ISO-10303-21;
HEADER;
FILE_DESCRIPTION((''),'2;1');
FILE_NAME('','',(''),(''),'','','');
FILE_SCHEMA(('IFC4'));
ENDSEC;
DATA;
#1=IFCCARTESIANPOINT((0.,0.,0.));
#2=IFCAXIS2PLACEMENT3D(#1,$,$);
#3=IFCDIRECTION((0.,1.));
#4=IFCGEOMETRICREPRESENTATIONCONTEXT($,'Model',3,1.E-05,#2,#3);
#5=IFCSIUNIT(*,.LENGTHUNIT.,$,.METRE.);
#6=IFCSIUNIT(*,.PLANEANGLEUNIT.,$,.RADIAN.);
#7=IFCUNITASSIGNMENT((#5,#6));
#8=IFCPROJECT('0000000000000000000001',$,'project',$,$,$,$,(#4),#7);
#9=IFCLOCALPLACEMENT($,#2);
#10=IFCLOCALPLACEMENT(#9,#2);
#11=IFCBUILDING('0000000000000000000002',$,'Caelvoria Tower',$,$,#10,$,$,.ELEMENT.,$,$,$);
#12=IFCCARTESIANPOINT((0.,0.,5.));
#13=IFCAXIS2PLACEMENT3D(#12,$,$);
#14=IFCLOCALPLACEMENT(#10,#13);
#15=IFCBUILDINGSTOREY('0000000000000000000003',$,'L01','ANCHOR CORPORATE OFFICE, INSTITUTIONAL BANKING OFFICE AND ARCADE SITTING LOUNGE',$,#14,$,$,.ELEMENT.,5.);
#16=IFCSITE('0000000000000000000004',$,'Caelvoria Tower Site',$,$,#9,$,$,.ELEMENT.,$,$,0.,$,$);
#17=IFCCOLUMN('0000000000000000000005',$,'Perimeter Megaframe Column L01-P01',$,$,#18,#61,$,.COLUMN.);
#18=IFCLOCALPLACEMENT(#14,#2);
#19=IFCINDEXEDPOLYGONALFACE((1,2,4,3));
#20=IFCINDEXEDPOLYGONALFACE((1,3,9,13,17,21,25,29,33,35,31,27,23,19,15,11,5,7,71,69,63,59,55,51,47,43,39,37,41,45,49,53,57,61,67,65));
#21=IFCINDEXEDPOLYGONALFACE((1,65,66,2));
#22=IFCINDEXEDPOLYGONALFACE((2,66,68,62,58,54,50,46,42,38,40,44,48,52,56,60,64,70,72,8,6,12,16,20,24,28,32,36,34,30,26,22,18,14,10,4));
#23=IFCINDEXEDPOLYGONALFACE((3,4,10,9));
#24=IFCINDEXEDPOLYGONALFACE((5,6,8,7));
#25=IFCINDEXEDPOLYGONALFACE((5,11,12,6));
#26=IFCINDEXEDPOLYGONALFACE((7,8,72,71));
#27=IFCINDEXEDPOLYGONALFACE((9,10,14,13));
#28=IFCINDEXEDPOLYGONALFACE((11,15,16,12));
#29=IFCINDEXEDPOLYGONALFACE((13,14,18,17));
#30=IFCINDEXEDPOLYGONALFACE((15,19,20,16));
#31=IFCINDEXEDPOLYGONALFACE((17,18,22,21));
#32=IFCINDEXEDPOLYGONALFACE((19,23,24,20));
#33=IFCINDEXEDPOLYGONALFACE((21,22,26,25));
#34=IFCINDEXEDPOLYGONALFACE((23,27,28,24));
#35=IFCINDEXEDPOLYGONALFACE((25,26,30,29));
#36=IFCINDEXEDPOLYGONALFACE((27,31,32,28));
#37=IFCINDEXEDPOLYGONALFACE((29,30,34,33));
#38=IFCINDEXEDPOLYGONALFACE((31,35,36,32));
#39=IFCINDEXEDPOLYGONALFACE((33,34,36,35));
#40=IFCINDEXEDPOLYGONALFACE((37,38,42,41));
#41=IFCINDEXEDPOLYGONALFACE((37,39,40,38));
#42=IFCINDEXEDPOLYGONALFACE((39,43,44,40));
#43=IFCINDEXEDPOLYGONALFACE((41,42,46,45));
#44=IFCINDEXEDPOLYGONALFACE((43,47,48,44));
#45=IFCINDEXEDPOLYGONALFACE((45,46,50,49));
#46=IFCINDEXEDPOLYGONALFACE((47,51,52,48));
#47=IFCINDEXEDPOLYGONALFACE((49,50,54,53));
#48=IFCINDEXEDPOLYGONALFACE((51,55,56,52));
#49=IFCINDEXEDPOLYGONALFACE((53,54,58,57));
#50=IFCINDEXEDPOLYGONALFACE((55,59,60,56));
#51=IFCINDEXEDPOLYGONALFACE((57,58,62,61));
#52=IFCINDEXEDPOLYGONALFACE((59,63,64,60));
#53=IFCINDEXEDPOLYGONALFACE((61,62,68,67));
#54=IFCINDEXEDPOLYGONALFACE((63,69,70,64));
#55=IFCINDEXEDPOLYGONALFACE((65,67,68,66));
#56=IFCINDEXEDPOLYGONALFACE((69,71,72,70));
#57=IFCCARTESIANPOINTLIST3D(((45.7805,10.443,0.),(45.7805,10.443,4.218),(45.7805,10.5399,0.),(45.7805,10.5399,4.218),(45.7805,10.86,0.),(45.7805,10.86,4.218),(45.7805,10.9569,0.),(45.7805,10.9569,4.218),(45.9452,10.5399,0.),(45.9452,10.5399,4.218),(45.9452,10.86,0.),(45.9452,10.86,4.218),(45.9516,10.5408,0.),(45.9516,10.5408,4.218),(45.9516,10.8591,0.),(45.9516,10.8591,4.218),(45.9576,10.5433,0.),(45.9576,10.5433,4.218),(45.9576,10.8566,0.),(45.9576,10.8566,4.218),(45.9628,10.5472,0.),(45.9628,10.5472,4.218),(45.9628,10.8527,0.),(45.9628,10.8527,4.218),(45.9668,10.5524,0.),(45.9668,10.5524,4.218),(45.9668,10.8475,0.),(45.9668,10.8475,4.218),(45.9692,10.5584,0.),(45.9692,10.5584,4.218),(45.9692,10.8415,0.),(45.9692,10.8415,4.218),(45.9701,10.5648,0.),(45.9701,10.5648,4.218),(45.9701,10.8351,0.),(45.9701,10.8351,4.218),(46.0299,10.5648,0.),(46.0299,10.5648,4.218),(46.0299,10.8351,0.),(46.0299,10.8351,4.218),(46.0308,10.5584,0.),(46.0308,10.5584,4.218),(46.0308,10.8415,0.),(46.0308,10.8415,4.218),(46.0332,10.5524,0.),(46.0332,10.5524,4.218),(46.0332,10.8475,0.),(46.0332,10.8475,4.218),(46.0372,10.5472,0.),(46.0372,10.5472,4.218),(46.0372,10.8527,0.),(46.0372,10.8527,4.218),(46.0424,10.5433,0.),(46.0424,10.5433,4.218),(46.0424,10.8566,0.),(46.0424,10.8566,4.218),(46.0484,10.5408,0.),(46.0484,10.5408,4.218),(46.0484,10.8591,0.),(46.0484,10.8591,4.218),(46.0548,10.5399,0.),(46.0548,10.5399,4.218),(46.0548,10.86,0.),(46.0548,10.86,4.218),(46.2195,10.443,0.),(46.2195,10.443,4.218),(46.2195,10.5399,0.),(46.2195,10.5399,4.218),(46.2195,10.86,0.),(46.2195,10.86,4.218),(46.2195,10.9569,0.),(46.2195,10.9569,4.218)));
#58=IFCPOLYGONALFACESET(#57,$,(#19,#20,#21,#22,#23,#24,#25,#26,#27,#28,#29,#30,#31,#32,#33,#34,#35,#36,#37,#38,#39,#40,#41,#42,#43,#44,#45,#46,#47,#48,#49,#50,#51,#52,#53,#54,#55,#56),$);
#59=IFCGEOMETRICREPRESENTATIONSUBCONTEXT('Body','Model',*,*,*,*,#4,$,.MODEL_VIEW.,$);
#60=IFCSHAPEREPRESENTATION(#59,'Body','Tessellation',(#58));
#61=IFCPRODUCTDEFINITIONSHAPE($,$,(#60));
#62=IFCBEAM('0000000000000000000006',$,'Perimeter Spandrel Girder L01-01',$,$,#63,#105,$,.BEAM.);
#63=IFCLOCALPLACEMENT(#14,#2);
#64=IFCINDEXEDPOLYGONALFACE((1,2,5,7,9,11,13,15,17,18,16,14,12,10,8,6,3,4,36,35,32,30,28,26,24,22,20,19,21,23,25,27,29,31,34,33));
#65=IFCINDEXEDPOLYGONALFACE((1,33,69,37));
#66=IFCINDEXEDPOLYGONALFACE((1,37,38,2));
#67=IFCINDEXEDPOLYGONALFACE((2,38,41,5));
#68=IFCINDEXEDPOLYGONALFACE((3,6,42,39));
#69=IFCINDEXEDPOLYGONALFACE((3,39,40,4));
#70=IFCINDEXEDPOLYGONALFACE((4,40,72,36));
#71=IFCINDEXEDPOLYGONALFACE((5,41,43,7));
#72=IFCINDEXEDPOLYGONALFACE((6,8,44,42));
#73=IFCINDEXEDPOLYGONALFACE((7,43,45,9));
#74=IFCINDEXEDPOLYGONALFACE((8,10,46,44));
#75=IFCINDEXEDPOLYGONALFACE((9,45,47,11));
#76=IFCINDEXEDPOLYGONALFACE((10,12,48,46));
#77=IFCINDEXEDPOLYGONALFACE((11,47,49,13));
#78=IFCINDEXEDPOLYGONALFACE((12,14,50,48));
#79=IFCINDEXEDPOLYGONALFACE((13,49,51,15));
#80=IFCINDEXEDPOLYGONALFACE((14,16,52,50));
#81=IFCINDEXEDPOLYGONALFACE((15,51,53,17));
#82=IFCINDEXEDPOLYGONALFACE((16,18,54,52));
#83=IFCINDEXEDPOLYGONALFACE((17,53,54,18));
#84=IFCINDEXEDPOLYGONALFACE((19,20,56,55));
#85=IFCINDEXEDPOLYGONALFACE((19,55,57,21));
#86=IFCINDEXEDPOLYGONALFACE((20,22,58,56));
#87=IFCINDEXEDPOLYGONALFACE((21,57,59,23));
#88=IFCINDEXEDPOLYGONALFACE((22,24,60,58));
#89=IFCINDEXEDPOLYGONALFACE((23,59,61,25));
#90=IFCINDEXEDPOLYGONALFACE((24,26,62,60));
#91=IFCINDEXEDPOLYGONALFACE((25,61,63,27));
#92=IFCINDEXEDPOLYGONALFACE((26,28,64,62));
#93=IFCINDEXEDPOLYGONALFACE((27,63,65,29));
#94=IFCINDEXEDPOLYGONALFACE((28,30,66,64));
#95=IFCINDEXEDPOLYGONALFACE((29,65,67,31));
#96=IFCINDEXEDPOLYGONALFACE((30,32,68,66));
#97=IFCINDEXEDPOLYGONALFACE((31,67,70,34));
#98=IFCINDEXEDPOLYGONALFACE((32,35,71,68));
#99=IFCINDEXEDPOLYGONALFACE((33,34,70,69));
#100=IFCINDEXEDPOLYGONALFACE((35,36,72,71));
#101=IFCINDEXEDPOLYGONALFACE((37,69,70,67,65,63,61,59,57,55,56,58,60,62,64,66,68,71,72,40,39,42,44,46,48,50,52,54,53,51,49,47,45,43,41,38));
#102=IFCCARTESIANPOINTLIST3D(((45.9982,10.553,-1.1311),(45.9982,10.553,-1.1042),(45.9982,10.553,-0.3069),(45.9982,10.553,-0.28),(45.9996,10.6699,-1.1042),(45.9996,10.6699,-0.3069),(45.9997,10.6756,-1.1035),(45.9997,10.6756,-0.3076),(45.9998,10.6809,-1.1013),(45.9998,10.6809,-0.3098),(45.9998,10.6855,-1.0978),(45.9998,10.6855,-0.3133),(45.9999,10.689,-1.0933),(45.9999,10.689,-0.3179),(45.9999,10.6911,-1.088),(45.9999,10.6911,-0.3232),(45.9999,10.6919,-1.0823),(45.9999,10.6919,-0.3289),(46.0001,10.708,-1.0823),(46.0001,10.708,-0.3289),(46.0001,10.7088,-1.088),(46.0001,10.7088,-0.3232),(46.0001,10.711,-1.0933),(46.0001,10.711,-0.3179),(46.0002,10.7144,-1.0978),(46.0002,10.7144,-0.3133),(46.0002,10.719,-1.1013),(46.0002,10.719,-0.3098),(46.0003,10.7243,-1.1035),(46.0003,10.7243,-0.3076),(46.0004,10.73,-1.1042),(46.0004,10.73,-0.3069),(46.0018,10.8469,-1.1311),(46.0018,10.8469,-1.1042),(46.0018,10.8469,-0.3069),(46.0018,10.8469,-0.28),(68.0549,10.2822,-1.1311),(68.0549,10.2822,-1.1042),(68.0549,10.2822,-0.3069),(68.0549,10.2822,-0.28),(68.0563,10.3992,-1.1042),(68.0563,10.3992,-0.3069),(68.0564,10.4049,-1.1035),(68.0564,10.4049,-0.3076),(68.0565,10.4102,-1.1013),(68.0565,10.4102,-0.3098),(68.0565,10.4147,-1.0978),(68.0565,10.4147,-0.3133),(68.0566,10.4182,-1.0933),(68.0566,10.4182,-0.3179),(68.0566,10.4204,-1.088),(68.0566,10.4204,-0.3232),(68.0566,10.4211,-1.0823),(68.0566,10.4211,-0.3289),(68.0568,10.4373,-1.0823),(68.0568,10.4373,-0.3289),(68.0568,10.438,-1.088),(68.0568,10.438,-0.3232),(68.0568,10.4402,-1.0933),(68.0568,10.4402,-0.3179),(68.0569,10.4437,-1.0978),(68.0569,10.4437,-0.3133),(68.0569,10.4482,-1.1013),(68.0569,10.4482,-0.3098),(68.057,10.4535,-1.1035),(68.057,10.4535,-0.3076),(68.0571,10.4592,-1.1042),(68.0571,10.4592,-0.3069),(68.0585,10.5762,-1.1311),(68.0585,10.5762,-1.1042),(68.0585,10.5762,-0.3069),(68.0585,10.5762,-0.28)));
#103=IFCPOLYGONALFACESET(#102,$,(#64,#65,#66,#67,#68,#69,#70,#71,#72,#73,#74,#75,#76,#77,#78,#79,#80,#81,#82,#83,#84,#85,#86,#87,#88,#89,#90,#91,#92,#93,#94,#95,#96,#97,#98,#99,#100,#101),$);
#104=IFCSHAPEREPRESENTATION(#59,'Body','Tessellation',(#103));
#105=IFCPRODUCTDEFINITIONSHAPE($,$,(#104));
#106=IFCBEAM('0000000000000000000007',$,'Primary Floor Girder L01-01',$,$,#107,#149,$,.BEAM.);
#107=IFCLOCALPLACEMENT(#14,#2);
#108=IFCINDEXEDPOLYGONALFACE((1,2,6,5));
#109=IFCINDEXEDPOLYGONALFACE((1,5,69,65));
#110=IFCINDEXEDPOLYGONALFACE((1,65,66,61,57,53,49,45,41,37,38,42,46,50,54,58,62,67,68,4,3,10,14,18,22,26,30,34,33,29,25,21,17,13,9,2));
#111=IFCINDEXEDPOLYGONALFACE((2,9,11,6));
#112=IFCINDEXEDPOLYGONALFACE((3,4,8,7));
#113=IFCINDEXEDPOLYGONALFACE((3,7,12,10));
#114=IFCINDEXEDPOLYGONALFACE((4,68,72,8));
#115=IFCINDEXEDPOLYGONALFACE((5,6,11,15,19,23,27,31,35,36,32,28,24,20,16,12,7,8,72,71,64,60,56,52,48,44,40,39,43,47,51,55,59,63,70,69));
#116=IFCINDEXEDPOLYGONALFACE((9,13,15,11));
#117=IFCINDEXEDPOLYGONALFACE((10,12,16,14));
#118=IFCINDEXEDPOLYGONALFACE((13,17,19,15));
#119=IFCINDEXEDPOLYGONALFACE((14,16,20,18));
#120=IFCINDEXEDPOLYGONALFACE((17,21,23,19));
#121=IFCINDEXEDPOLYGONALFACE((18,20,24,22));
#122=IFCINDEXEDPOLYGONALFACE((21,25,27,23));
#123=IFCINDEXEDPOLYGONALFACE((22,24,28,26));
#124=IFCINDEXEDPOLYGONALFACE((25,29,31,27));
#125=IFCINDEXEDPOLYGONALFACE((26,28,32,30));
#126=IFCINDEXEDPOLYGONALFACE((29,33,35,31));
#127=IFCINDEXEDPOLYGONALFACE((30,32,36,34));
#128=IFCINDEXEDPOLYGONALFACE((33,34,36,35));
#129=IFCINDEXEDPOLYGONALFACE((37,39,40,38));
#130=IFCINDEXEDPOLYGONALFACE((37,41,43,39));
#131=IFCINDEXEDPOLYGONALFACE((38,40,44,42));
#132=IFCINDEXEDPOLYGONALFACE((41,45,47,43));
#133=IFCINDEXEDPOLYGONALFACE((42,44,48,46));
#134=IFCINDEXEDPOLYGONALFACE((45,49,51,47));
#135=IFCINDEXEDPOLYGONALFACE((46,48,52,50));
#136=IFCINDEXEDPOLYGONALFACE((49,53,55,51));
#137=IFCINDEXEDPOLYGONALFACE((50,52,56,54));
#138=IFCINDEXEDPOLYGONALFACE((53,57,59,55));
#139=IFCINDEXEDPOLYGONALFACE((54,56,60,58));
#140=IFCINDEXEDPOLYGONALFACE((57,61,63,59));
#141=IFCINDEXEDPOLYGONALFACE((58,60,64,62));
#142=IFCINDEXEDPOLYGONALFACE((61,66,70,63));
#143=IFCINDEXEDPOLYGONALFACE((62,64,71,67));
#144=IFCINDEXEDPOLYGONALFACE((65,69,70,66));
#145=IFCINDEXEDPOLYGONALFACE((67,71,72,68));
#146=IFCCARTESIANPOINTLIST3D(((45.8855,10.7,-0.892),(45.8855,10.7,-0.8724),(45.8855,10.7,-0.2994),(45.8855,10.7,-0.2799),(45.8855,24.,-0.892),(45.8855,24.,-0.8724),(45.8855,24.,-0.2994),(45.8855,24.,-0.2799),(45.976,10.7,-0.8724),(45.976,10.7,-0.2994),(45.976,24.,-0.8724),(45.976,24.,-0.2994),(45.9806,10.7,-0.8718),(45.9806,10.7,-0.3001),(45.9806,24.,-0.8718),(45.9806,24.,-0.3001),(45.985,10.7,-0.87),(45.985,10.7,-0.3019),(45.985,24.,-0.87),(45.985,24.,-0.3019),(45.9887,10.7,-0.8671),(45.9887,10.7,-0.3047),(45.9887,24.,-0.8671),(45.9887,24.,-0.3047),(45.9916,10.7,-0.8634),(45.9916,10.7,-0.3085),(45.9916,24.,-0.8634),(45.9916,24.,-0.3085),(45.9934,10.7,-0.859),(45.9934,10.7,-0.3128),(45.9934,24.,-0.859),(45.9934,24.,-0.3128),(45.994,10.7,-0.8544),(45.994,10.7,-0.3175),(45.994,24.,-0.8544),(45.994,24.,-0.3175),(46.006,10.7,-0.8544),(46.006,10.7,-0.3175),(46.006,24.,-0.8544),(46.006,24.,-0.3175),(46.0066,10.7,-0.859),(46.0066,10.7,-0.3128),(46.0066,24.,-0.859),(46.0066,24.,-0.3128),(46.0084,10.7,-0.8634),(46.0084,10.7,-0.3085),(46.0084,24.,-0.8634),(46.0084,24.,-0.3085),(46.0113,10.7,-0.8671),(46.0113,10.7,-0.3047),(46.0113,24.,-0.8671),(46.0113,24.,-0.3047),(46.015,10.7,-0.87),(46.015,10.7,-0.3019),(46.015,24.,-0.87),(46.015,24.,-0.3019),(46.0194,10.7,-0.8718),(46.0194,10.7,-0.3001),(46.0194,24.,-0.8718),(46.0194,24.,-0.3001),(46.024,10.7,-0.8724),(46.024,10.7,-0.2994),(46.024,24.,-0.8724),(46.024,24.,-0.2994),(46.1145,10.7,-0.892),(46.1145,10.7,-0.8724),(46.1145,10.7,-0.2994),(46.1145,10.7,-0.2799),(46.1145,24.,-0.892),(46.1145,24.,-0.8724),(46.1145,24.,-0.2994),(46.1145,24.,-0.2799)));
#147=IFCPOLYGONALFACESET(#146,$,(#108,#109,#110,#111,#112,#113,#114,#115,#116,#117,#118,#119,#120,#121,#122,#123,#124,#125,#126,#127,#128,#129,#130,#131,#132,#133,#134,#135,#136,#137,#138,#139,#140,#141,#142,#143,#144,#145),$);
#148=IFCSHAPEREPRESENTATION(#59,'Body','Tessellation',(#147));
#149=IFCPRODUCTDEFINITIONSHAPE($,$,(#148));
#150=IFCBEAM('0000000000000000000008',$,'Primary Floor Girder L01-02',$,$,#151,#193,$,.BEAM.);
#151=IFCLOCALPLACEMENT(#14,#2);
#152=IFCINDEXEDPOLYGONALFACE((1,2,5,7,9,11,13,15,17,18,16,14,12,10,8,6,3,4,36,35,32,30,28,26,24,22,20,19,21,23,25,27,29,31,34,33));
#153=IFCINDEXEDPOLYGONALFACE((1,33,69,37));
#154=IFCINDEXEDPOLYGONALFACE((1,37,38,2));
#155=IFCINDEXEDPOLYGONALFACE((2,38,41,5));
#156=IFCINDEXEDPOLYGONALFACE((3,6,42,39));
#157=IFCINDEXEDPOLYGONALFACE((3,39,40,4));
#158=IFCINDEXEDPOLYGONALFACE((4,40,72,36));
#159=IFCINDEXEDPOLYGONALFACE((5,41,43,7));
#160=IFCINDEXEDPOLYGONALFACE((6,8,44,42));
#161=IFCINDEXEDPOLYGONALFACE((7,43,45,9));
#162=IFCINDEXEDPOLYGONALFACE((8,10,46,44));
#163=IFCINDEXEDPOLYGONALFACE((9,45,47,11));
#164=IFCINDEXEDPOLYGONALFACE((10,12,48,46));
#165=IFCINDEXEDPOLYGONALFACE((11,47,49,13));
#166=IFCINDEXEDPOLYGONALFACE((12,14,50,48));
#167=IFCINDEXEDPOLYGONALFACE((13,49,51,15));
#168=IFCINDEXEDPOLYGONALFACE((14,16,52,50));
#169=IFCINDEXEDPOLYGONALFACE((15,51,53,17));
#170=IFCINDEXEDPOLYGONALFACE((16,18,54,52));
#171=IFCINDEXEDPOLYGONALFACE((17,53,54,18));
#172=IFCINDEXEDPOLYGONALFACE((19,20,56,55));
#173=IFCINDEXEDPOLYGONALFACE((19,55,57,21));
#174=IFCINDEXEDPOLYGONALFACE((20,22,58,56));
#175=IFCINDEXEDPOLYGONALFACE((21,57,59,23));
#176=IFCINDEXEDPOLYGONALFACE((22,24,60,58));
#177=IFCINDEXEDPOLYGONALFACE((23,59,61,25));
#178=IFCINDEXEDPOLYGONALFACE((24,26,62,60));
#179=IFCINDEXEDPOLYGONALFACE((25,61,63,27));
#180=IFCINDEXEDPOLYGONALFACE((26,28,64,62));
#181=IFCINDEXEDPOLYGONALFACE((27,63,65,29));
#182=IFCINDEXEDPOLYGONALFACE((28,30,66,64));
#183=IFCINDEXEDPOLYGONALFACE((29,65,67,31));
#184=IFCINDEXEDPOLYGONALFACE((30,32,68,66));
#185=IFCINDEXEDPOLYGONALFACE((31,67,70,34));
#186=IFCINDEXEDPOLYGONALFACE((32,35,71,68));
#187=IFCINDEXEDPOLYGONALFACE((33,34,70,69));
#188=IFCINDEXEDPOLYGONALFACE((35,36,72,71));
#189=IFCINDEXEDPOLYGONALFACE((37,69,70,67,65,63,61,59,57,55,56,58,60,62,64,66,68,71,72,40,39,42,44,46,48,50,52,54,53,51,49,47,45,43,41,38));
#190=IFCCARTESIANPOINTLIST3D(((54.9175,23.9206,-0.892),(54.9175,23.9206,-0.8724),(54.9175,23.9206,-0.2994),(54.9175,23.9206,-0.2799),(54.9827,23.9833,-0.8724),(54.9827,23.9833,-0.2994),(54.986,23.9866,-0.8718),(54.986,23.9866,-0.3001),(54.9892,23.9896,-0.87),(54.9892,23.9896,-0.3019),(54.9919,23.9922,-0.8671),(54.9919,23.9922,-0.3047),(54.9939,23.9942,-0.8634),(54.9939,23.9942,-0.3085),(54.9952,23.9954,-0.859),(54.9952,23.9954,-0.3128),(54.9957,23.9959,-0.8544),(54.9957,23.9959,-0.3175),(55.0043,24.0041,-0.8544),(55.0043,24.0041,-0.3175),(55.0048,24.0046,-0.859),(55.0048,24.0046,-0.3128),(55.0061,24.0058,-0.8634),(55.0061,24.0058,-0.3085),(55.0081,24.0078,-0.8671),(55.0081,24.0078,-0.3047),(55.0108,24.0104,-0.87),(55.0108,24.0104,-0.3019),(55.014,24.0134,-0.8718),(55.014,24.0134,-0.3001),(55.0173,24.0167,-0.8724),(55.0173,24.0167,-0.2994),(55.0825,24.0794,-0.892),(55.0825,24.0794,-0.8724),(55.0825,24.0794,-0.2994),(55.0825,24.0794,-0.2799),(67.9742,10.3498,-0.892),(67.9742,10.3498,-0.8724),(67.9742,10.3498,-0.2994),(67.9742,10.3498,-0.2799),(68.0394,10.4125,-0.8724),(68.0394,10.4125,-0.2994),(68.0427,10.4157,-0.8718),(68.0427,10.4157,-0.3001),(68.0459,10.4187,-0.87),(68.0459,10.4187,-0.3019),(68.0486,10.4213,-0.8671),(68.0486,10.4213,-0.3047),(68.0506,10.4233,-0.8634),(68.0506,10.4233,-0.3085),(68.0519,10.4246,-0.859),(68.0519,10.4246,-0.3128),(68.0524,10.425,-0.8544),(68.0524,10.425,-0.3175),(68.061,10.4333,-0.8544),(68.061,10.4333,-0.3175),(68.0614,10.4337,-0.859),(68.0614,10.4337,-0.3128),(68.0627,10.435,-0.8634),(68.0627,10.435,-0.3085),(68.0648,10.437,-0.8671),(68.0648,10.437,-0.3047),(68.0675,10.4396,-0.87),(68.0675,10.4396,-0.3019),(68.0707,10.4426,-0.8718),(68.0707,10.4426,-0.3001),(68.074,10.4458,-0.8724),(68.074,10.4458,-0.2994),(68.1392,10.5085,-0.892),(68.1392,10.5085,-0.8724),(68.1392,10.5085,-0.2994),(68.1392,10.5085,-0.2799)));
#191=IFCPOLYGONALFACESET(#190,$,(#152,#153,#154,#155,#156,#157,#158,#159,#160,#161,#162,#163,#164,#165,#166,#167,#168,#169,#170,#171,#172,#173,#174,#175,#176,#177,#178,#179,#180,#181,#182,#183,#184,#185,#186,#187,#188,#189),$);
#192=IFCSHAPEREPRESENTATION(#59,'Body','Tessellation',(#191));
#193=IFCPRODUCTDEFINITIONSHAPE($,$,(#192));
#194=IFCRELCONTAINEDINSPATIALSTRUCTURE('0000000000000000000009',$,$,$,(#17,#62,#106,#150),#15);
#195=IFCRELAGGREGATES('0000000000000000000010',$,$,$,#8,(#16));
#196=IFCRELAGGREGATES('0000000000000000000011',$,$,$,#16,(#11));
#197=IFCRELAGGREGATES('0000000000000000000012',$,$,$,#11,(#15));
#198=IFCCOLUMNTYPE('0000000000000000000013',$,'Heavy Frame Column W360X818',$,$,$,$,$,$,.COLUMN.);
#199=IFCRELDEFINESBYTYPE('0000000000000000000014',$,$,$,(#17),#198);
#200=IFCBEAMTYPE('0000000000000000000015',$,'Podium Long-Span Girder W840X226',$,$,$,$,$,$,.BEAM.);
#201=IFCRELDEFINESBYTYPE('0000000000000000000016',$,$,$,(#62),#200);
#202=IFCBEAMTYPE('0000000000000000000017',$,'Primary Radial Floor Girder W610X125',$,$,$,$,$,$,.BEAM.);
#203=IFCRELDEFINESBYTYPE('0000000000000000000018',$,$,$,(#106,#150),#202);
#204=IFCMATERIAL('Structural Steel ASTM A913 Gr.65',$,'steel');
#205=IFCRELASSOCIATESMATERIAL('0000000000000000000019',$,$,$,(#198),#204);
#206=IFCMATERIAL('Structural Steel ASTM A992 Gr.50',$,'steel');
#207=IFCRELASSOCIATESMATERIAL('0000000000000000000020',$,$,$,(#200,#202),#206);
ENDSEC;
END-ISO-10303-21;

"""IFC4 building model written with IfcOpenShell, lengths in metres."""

from ifc_helpers import new_model, si_unit, direction, frame, origin, origin_2d, place, context, subcontext, project, spatial, i_section, extrude, material, material_profile, profile_set, type_object, element, save


model = new_model("IFC4")

# Units and contexts
model_context = context("Model", 3, precision=1e-05, world=origin(), true_north=direction((0.0, 1.0)))
body_context = subcontext(model_context, "Body", "Model", "MODEL_VIEW")
ifc_project = project(units=[si_unit("LENGTHUNIT", "METRE"), si_unit("PLANEANGLEUNIT", "RADIAN")], contexts=[model_context])

# Site, building, storey
site_placement = place(None, origin())
site = spatial("IfcSite", under=ifc_project, at=site_placement, Name="Caelvoria Tower Site", CompositionType="ELEMENT", RefElevation=0.0)
building_placement = place(site_placement, origin())
building = spatial("IfcBuilding", under=site, at=building_placement, Name="Caelvoria Tower", CompositionType="ELEMENT")
storey_placement = place(building_placement, frame((0.0, 0.0, 5.0)))
storey = spatial("IfcBuildingStorey", under=building, at=storey_placement, Name="L01", Description="ANCHOR CORPORATE OFFICE, INSTITUTIONAL BANKING OFFICE AND ARCADE SITTING LOUNGE", CompositionType="ELEMENT", Elevation=5.0)

# Column
ifc_material_1 = material(Name="Structural Steel ASTM A913 Gr.65", Category="steel")
ifc_material_profile_1 = material_profile(ifc_material_1, i_section(OverallWidth=0.439, OverallDepth=0.5139, WebThickness=0.0598, FlangeThickness=0.0969, FilletRadius=0.0249, at=origin_2d()), Name="Structural Steel ASTM A913 Gr.65")
ifc_profile_set_1 = profile_set([ifc_material_profile_1], Name="W360X818 - Structural Steel ASTM A913 Gr.65")
column_type = type_object("IfcColumnType", Name="Heavy Frame Column W360X818", PredefinedType="COLUMN", material=ifc_profile_set_1)
column_placement = place(storey_placement, frame((46.0, 10.7, 0.0), z_axis=(0.0, 0.0, 1.0), x_axis=(1.0, 0.0, 0.0)))
element("IfcColumn", 1, at=column_placement, inside=storey, type_object=column_type, Name="Perimeter Megaframe Column L01-P01", PredefinedType="COLUMN", context=body_context, shape_type="SweptSolid", body=[
    extrude(i_section(OverallWidth=0.439, OverallDepth=0.5139, WebThickness=0.0598, FlangeThickness=0.0969, FilletRadius=0.0249, at=origin_2d()), origin(), (0.0, 0.0, 1.0), 4.218),
])

# Beams
ifc_material_2 = material(Name="Structural Steel ASTM A992 Gr.50", Category="steel")
ifc_material_profile_2 = material_profile(ifc_material_2, i_section(OverallWidth=0.2939, OverallDepth=0.8511, WebThickness=0.0161, FlangeThickness=0.0269, FilletRadius=0.022, at=origin_2d()), Name="Structural Steel ASTM A992 Gr.50")
ifc_profile_set_2 = profile_set([ifc_material_profile_2], Name="W840X226 - Structural Steel ASTM A992 Gr.50")
beam_type_1 = type_object("IfcBeamType", Name="Podium Long-Span Girder W840X226", PredefinedType="BEAM", material=ifc_profile_set_2)
beam_1_placement = place(storey_placement, frame((46.0, 10.7, -0.7056), z_axis=(0.999925, -0.012274, 0.0), x_axis=(0.012274, 0.999925, 0.0)))
element("IfcBeam", 2, at=beam_1_placement, inside=storey, type_object=beam_type_1, Name="Perimeter Spandrel Girder L01-01", PredefinedType="BEAM", context=body_context, shape_type="SweptSolid", body=[
    extrude(i_section(OverallWidth=0.2939, OverallDepth=0.8511, WebThickness=0.0161, FlangeThickness=0.0269, FilletRadius=0.022, at=origin_2d()), origin(), (0.0, 0.0, 1.0), 22.0583),
])
ifc_material_profile_3 = material_profile(ifc_material_2, i_section(OverallWidth=0.229, OverallDepth=0.6121, WebThickness=0.012, FlangeThickness=0.0195, FilletRadius=0.0181, at=origin_2d()), Name="Structural Steel ASTM A992 Gr.50")
ifc_profile_set_3 = profile_set([ifc_material_profile_3], Name="W610X125 - Structural Steel ASTM A992 Gr.50")
beam_type_2 = type_object("IfcBeamType", Name="Primary Radial Floor Girder W610X125", PredefinedType="BEAM", material=ifc_profile_set_3)
beam_2_placement = place(storey_placement, frame((46.0, 24.0, -0.5859), z_axis=(0.0, -1.0, 0.0), x_axis=(1.0, 0.0, 0.0)))
element("IfcBeam", 3, at=beam_2_placement, inside=storey, type_object=beam_type_2, Name="Primary Floor Girder L01-01", PredefinedType="BEAM", context=body_context, shape_type="SweptSolid", body=[
    extrude(i_section(OverallWidth=0.229, OverallDepth=0.6121, WebThickness=0.012, FlangeThickness=0.0195, FilletRadius=0.0181, at=origin_2d()), origin(), (0.0, 0.0, 1.0), 13.3),
])
beam_3_placement = place(storey_placement, frame((55.0, 24.0, -0.5859), z_axis=(0.693324, -0.720626, 0.0), x_axis=(0.720626, 0.693324, 0.0)))
element("IfcBeam", 4, at=beam_3_placement, inside=storey, type_object=beam_type_2, Name="Primary Floor Girder L01-02", PredefinedType="BEAM", context=body_context, shape_type="SweptSolid", body=[
    extrude(i_section(OverallWidth=0.229, OverallDepth=0.6121, WebThickness=0.012, FlangeThickness=0.0195, FilletRadius=0.0181, at=origin_2d()), origin(), (0.0, 0.0, 1.0), 18.832),
])

save(model, "model.ifc")
